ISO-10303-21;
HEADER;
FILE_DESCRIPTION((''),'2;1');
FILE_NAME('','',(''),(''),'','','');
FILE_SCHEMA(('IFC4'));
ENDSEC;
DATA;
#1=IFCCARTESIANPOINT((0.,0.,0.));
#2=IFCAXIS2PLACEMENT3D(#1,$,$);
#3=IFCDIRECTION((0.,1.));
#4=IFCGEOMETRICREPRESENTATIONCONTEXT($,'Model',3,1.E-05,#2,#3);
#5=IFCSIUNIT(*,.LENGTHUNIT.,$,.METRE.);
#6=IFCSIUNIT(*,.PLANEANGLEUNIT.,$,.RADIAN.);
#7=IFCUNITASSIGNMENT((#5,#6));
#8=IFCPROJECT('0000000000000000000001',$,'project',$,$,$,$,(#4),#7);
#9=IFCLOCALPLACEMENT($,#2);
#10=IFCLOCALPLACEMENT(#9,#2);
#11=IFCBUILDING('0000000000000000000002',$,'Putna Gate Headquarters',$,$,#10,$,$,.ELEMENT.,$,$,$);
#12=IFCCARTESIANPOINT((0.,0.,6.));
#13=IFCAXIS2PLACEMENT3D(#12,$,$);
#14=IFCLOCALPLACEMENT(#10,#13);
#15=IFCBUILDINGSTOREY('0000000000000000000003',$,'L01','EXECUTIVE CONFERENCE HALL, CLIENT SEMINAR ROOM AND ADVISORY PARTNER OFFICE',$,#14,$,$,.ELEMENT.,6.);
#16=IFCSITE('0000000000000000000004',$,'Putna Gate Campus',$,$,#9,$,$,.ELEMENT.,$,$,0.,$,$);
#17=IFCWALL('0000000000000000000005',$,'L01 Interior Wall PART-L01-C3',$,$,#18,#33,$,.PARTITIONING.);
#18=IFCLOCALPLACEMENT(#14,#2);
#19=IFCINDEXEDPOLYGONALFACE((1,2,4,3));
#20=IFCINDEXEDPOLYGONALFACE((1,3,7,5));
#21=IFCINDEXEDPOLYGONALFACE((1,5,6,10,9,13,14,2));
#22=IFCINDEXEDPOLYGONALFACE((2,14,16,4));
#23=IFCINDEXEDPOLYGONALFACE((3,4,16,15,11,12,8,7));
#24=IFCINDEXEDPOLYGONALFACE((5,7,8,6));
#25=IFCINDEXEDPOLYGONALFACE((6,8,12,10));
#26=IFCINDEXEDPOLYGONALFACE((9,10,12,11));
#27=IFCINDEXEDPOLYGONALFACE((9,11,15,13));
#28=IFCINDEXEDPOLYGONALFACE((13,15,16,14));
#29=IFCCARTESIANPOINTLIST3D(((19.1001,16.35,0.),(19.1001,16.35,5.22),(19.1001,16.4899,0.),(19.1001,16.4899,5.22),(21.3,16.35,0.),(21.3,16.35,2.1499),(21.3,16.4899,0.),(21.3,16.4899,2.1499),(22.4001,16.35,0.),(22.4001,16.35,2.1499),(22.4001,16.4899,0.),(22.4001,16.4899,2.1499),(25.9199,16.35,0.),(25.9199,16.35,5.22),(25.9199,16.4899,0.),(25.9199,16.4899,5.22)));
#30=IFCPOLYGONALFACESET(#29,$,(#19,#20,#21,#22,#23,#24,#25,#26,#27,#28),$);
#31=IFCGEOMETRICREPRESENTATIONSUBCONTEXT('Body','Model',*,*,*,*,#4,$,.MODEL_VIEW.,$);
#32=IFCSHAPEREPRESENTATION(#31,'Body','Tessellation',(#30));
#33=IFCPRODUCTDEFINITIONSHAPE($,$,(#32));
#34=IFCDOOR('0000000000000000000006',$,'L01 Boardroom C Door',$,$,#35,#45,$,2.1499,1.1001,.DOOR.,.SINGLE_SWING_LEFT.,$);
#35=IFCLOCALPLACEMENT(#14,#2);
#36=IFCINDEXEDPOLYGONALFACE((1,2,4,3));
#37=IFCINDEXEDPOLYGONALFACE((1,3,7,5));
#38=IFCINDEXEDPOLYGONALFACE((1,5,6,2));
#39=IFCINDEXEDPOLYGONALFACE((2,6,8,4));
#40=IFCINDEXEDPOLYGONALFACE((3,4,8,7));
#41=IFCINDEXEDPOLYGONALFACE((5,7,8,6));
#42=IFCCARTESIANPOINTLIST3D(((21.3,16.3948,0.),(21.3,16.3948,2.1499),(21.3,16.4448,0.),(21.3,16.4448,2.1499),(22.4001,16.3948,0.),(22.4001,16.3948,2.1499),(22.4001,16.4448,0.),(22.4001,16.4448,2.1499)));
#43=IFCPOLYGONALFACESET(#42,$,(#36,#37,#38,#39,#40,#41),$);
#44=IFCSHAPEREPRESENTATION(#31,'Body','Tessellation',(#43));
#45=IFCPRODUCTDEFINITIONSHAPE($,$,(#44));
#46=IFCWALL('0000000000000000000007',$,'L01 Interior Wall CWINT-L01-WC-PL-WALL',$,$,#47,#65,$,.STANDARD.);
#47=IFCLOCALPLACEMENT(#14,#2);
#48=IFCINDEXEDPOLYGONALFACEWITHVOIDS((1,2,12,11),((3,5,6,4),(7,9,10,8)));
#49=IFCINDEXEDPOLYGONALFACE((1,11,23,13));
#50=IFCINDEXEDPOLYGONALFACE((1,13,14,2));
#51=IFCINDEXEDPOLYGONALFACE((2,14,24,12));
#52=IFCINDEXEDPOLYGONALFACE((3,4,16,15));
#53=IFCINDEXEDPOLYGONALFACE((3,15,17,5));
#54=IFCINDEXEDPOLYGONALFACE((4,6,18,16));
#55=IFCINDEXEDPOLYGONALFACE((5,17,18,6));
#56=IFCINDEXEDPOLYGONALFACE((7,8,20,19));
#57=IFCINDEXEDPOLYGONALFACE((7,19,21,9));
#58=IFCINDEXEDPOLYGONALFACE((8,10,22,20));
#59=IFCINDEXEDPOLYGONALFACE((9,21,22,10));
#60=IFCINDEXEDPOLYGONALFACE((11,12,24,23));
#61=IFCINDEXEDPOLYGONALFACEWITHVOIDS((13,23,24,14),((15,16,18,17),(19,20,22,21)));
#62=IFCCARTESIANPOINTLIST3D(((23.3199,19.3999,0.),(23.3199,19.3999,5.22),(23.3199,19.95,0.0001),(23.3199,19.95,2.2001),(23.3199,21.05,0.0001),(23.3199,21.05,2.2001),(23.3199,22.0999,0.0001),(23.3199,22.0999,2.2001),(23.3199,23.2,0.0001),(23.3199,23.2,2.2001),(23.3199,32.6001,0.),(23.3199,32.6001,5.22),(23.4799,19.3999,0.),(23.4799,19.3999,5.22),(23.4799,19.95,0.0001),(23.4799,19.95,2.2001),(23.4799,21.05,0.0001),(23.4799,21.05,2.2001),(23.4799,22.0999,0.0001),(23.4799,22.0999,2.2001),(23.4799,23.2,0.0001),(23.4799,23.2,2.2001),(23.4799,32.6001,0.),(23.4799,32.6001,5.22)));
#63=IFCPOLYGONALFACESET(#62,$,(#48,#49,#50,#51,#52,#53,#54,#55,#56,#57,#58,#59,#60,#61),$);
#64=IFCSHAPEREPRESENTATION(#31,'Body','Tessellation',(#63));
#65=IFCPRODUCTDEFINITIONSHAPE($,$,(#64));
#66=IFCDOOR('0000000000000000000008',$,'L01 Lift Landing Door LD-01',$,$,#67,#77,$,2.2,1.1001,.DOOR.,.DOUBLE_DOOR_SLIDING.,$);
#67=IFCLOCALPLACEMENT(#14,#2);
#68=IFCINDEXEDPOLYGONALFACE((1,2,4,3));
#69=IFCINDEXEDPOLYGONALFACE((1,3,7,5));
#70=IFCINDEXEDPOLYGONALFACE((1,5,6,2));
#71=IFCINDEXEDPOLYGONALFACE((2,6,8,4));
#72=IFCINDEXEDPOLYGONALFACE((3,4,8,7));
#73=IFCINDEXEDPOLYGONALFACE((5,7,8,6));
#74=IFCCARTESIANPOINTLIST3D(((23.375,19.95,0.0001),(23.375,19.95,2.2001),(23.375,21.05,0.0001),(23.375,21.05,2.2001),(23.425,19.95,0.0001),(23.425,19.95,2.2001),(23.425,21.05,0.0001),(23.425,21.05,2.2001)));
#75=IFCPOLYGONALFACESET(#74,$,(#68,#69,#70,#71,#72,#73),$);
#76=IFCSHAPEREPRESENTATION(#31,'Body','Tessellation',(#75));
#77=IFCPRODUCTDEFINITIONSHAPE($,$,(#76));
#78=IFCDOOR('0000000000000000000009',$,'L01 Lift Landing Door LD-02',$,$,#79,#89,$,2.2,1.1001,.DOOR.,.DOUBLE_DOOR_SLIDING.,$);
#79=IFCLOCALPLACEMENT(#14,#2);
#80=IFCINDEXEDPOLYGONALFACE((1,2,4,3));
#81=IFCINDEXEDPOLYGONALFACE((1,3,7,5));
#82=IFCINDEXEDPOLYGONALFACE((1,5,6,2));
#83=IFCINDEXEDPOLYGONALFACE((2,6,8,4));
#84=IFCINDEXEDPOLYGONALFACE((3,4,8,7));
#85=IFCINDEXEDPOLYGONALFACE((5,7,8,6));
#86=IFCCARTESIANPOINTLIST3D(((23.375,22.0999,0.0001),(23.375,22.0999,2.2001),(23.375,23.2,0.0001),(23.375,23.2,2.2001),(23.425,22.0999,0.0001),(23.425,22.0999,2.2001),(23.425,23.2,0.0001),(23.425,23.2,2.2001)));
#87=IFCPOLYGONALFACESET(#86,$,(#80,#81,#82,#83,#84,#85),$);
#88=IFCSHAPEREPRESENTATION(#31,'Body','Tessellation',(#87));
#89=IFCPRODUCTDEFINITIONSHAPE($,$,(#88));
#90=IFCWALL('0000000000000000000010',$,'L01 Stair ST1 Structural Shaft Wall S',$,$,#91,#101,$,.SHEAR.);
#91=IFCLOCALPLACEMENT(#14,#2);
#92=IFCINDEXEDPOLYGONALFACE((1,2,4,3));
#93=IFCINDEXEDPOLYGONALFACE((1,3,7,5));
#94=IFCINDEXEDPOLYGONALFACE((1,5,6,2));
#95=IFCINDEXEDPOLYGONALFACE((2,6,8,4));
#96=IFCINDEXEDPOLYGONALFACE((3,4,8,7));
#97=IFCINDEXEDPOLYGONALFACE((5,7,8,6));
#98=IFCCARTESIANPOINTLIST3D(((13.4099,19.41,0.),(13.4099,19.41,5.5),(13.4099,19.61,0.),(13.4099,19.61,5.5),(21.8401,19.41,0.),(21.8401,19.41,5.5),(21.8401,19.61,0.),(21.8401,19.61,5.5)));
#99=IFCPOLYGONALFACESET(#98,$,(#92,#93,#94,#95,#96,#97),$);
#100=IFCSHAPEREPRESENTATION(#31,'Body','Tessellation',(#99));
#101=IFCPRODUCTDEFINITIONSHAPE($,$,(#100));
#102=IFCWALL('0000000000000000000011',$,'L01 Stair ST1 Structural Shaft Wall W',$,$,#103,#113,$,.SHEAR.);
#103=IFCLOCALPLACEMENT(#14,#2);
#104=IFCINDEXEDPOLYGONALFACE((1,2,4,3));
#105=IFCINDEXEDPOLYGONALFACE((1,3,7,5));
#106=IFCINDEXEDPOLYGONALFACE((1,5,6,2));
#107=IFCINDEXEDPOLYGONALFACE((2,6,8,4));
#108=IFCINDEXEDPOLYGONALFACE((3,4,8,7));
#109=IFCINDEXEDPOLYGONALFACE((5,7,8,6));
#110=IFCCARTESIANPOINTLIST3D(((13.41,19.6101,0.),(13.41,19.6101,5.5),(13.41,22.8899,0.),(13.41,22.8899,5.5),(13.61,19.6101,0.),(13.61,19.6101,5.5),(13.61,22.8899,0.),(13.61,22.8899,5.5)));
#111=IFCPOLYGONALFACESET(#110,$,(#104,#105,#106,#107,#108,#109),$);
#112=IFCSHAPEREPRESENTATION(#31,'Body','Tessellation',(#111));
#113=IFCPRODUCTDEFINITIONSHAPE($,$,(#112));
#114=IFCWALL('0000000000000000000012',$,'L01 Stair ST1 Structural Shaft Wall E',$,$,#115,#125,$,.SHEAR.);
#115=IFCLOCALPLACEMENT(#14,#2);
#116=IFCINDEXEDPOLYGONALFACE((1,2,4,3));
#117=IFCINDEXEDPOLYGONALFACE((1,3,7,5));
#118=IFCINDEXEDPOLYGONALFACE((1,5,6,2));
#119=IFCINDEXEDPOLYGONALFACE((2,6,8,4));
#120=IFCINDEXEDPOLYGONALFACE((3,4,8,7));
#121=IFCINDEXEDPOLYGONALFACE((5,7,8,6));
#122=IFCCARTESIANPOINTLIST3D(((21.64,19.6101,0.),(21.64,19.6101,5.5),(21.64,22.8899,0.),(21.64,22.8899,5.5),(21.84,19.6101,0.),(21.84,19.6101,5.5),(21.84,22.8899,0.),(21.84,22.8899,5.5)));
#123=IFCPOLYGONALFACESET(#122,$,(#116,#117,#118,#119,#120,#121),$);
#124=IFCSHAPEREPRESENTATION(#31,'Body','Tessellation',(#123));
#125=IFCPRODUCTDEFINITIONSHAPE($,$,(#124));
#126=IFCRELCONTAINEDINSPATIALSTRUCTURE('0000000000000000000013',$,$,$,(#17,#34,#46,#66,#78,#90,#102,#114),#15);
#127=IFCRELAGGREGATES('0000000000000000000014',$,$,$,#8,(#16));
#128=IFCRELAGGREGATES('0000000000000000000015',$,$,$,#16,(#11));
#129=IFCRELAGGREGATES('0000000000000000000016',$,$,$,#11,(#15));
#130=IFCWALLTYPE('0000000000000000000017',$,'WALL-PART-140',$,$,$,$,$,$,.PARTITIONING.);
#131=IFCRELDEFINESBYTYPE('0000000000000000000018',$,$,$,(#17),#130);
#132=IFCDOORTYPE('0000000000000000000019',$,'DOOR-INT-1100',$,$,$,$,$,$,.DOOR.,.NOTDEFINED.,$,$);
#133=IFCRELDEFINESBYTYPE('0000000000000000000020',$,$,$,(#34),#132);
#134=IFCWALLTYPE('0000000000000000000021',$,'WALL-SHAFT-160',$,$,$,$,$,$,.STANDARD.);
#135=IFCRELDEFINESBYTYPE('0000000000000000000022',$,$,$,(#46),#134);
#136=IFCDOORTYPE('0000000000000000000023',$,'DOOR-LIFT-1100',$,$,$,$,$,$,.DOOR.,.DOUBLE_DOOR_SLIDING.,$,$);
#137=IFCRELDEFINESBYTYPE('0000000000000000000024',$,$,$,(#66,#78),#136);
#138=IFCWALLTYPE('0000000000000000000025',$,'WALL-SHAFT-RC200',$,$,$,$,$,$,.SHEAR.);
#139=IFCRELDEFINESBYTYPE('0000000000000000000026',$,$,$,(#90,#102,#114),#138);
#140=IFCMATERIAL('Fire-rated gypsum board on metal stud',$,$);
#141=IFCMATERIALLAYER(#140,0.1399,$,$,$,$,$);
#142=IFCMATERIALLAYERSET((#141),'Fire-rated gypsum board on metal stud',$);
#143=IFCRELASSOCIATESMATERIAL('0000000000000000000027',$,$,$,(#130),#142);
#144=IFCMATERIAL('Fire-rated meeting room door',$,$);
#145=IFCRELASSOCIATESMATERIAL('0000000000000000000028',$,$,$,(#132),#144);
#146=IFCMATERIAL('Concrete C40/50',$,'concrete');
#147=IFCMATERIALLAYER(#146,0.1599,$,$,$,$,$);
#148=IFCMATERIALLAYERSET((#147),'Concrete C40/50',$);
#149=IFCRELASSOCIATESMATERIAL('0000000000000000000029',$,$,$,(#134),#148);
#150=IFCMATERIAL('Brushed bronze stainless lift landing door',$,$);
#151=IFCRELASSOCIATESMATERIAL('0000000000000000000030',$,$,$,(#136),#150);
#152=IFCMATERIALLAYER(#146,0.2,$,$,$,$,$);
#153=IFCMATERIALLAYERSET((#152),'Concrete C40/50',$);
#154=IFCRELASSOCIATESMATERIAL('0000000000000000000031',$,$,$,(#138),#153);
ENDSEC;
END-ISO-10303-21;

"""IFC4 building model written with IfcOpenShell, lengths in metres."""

from ifc_helpers import new_model, si_unit, direction, frame, frame_2d, origin, place, context, subcontext, project, spatial, rectangle, extrude, material, layer, layer_set, type_object, element, fill, save


model = new_model("IFC4")

# Units and contexts
model_context = context("Model", 3, precision=1e-05, world=origin(), true_north=direction((0.0, 1.0)))
body_context = subcontext(model_context, "Body", "Model", "MODEL_VIEW")
ifc_project = project(units=[si_unit("LENGTHUNIT", "METRE"), si_unit("PLANEANGLEUNIT", "RADIAN")], contexts=[model_context])

# Site, building, storey
site_placement = place(None, origin())
site = spatial("IfcSite", under=ifc_project, at=site_placement, Name="Putna Gate Campus", CompositionType="ELEMENT", RefElevation=0.0)
building_placement = place(site_placement, origin())
building = spatial("IfcBuilding", under=site, at=building_placement, Name="Putna Gate Headquarters", CompositionType="ELEMENT")
storey_placement = place(building_placement, frame((0.0, 0.0, 6.0)))
storey = spatial("IfcBuildingStorey", under=building, at=storey_placement, Name="L01", Description="EXECUTIVE CONFERENCE HALL, CLIENT SEMINAR ROOM AND ADVISORY PARTNER OFFICE", CompositionType="ELEMENT", Elevation=6.0)

# Wall, opening, door
ifc_material_1 = material(Name="Fire-rated gypsum board on metal stud")
ifc_layer_1 = layer(ifc_material_1, 0.1399)
ifc_layer_set_1 = layer_set([ifc_layer_1], Name="Fire-rated gypsum board on metal stud")
wall_type_1 = type_object("IfcWallType", Name="WALL-PART-140", PredefinedType="PARTITIONING", material=ifc_layer_set_1)
wall_1_placement = place(storey_placement, frame((19.1001, 16.4199, 0.0), z_axis=(0.0, 0.0, 1.0), x_axis=(1.0, 0.0, 0.0)))
wall_1 = element("IfcWall", 1, at=wall_1_placement, inside=storey, type_object=wall_type_1, Name="L01 Interior Wall PART-L01-C3", PredefinedType="PARTITIONING", context=body_context, shape_type="SweptSolid", body=[
    extrude(rectangle(XDim=6.8198, YDim=0.1399, at=frame_2d((3.4099, 0.0))), origin(), (0.0, 0.0, 1.0), 5.22),
])
opening_1_placement = place(wall_1_placement, frame((2.2, 0.0, 0.0)))
opening_1 = element("IfcOpeningElement", 2, at=opening_1_placement, cuts=wall_1, PredefinedType="OPENING", context=body_context, shape_type="SweptSolid", body=[
    extrude(rectangle(XDim=1.1001, YDim=2.1499, at=frame_2d((0.55, 1.075))), frame((0.0, 0.0798, 0.0), z_axis=(0.0, -1.0, 0.0), x_axis=(1.0, 0.0, 0.0)), (0.0, 0.0, 1.0), 0.1599),
])
ifc_material_2 = material(Name="Fire-rated meeting room door")
door_type_1 = type_object("IfcDoorType", Name="DOOR-INT-1100", OperationType="NOTDEFINED", PredefinedType="DOOR", material=ifc_material_2)
door_1_placement = place(opening_1_placement, origin())
door_1 = element("IfcDoor", 3, at=door_1_placement, inside=storey, type_object=door_type_1, Name="L01 Boardroom C Door", OperationType="SINGLE_SWING_LEFT", OverallHeight=2.1499, OverallWidth=1.1001, PredefinedType="DOOR", context=body_context, shape_type="SweptSolid", body=[
    extrude(rectangle(XDim=1.1001, YDim=2.1499, at=frame_2d((0.55, 1.075))), frame((0.0, 0.0249, 0.0), z_axis=(0.0, -1.0, 0.0), x_axis=(1.0, 0.0, 0.0)), (0.0, 0.0, 1.0), 0.05),
])
fill(opening_1, door_1)

# Wall, openings, doors
ifc_material_3 = material(Name="Concrete C40/50", Category="concrete")
ifc_layer_2 = layer(ifc_material_3, 0.1599)
ifc_layer_set_2 = layer_set([ifc_layer_2], Name="Concrete C40/50")
wall_type_2 = type_object("IfcWallType", Name="WALL-SHAFT-160", PredefinedType="STANDARD", material=ifc_layer_set_2)
wall_2_placement = place(storey_placement, frame((23.3999, 19.3999, 0.0), z_axis=(0.0, 0.0, 1.0), x_axis=(0.0, 1.0, 0.0)))
wall_2 = element("IfcWall", 4, at=wall_2_placement, inside=storey, type_object=wall_type_2, Name="L01 Interior Wall CWINT-L01-WC-PL-WALL", PredefinedType="STANDARD", context=body_context, shape_type="SweptSolid", body=[
    extrude(rectangle(XDim=13.2002, YDim=0.1599, at=frame_2d((6.6001, 0.0))), origin(), (0.0, 0.0, 1.0), 5.22),
])
opening_2_placement = place(wall_2_placement, frame((0.55, 0.0, 0.0)))
opening_2 = element("IfcOpeningElement", 5, at=opening_2_placement, cuts=wall_2, PredefinedType="OPENING", context=body_context, shape_type="SweptSolid", body=[
    extrude(rectangle(XDim=1.1001, YDim=2.2, at=frame_2d((0.55, 1.1001))), frame((0.0, 0.0898, 0.0), z_axis=(0.0, -1.0, 0.0), x_axis=(1.0, 0.0, 0.0)), (0.0, 0.0, 1.0), 0.1799),
])
opening_3_placement = place(wall_2_placement, frame((2.7, 0.0, 0.0)))
opening_3 = element("IfcOpeningElement", 6, at=opening_3_placement, cuts=wall_2, PredefinedType="OPENING", context=body_context, shape_type="SweptSolid", body=[
    extrude(rectangle(XDim=1.1001, YDim=2.2, at=frame_2d((0.55, 1.1001))), frame((0.0, 0.0898, 0.0), z_axis=(0.0, -1.0, 0.0), x_axis=(1.0, 0.0, 0.0)), (0.0, 0.0, 1.0), 0.1799),
])
ifc_material_4 = material(Name="Brushed bronze stainless lift landing door")
door_type_2 = type_object("IfcDoorType", Name="DOOR-LIFT-1100", OperationType="DOUBLE_DOOR_SLIDING", PredefinedType="DOOR", material=ifc_material_4)
door_2_placement = place(opening_2_placement, origin())
door_2 = element("IfcDoor", 7, at=door_2_placement, inside=storey, type_object=door_type_2, Name="L01 Lift Landing Door LD-01", OperationType="DOUBLE_DOOR_SLIDING", OverallHeight=2.2, OverallWidth=1.1001, PredefinedType="DOOR", context=body_context, shape_type="SweptSolid", body=[
    extrude(rectangle(XDim=1.1001, YDim=2.2, at=frame_2d((0.55, 1.1001))), frame((0.0, 0.0249, 0.0), z_axis=(0.0, -1.0, 0.0), x_axis=(1.0, 0.0, 0.0)), (0.0, 0.0, 1.0), 0.05),
])
fill(opening_2, door_2)
door_3_placement = place(opening_3_placement, origin())
door_3 = element("IfcDoor", 8, at=door_3_placement, inside=storey, type_object=door_type_2, Name="L01 Lift Landing Door LD-02", OperationType="DOUBLE_DOOR_SLIDING", OverallHeight=2.2, OverallWidth=1.1001, PredefinedType="DOOR", context=body_context, shape_type="SweptSolid", body=[
    extrude(rectangle(XDim=1.1001, YDim=2.2, at=frame_2d((0.55, 1.1001))), frame((0.0, 0.0249, 0.0), z_axis=(0.0, -1.0, 0.0), x_axis=(1.0, 0.0, 0.0)), (0.0, 0.0, 1.0), 0.05),
])
fill(opening_3, door_3)

# Walls
ifc_layer_3 = layer(ifc_material_3, 0.2)
ifc_layer_set_3 = layer_set([ifc_layer_3], Name="Concrete C40/50")
wall_type_3 = type_object("IfcWallType", Name="WALL-SHAFT-RC200", PredefinedType="SHEAR", material=ifc_layer_set_3)
wall_3_placement = place(storey_placement, frame((13.4099, 19.51, 0.0), z_axis=(0.0, 0.0, 1.0), x_axis=(1.0, 0.0, 0.0)))
element("IfcWall", 9, at=wall_3_placement, inside=storey, type_object=wall_type_3, Name="L01 Stair ST1 Structural Shaft Wall S", PredefinedType="SHEAR", context=body_context, shape_type="SweptSolid", body=[
    extrude(rectangle(XDim=8.4302, YDim=0.2, at=frame_2d((4.2151, 0.0))), origin(), (0.0, 0.0, 1.0), 5.5),
])
for number, where, z_axis, x_axis, name in (
    (10, (13.51, 19.6101, 0.0), (0.0, 0.0, 1.0), (0.0, 1.0, 0.0), "L01 Stair ST1 Structural Shaft Wall W"),
    (11, (21.74, 19.6101, 0.0), (0.0, 0.0, 1.0), (0.0, 1.0, 0.0), "L01 Stair ST1 Structural Shaft Wall E"),
):
    element("IfcWall", number, at=place(storey_placement, frame(where, z_axis=z_axis, x_axis=x_axis)), inside=storey, type_object=wall_type_3, Name=name, PredefinedType="SHEAR", context=body_context, shape_type="SweptSolid", body=[
        extrude(rectangle(XDim=3.2798, YDim=0.2, at=frame_2d((1.6399, 0.0))), origin(), (0.0, 0.0, 1.0), 5.5),
    ])

save(model, "model.ifc")
